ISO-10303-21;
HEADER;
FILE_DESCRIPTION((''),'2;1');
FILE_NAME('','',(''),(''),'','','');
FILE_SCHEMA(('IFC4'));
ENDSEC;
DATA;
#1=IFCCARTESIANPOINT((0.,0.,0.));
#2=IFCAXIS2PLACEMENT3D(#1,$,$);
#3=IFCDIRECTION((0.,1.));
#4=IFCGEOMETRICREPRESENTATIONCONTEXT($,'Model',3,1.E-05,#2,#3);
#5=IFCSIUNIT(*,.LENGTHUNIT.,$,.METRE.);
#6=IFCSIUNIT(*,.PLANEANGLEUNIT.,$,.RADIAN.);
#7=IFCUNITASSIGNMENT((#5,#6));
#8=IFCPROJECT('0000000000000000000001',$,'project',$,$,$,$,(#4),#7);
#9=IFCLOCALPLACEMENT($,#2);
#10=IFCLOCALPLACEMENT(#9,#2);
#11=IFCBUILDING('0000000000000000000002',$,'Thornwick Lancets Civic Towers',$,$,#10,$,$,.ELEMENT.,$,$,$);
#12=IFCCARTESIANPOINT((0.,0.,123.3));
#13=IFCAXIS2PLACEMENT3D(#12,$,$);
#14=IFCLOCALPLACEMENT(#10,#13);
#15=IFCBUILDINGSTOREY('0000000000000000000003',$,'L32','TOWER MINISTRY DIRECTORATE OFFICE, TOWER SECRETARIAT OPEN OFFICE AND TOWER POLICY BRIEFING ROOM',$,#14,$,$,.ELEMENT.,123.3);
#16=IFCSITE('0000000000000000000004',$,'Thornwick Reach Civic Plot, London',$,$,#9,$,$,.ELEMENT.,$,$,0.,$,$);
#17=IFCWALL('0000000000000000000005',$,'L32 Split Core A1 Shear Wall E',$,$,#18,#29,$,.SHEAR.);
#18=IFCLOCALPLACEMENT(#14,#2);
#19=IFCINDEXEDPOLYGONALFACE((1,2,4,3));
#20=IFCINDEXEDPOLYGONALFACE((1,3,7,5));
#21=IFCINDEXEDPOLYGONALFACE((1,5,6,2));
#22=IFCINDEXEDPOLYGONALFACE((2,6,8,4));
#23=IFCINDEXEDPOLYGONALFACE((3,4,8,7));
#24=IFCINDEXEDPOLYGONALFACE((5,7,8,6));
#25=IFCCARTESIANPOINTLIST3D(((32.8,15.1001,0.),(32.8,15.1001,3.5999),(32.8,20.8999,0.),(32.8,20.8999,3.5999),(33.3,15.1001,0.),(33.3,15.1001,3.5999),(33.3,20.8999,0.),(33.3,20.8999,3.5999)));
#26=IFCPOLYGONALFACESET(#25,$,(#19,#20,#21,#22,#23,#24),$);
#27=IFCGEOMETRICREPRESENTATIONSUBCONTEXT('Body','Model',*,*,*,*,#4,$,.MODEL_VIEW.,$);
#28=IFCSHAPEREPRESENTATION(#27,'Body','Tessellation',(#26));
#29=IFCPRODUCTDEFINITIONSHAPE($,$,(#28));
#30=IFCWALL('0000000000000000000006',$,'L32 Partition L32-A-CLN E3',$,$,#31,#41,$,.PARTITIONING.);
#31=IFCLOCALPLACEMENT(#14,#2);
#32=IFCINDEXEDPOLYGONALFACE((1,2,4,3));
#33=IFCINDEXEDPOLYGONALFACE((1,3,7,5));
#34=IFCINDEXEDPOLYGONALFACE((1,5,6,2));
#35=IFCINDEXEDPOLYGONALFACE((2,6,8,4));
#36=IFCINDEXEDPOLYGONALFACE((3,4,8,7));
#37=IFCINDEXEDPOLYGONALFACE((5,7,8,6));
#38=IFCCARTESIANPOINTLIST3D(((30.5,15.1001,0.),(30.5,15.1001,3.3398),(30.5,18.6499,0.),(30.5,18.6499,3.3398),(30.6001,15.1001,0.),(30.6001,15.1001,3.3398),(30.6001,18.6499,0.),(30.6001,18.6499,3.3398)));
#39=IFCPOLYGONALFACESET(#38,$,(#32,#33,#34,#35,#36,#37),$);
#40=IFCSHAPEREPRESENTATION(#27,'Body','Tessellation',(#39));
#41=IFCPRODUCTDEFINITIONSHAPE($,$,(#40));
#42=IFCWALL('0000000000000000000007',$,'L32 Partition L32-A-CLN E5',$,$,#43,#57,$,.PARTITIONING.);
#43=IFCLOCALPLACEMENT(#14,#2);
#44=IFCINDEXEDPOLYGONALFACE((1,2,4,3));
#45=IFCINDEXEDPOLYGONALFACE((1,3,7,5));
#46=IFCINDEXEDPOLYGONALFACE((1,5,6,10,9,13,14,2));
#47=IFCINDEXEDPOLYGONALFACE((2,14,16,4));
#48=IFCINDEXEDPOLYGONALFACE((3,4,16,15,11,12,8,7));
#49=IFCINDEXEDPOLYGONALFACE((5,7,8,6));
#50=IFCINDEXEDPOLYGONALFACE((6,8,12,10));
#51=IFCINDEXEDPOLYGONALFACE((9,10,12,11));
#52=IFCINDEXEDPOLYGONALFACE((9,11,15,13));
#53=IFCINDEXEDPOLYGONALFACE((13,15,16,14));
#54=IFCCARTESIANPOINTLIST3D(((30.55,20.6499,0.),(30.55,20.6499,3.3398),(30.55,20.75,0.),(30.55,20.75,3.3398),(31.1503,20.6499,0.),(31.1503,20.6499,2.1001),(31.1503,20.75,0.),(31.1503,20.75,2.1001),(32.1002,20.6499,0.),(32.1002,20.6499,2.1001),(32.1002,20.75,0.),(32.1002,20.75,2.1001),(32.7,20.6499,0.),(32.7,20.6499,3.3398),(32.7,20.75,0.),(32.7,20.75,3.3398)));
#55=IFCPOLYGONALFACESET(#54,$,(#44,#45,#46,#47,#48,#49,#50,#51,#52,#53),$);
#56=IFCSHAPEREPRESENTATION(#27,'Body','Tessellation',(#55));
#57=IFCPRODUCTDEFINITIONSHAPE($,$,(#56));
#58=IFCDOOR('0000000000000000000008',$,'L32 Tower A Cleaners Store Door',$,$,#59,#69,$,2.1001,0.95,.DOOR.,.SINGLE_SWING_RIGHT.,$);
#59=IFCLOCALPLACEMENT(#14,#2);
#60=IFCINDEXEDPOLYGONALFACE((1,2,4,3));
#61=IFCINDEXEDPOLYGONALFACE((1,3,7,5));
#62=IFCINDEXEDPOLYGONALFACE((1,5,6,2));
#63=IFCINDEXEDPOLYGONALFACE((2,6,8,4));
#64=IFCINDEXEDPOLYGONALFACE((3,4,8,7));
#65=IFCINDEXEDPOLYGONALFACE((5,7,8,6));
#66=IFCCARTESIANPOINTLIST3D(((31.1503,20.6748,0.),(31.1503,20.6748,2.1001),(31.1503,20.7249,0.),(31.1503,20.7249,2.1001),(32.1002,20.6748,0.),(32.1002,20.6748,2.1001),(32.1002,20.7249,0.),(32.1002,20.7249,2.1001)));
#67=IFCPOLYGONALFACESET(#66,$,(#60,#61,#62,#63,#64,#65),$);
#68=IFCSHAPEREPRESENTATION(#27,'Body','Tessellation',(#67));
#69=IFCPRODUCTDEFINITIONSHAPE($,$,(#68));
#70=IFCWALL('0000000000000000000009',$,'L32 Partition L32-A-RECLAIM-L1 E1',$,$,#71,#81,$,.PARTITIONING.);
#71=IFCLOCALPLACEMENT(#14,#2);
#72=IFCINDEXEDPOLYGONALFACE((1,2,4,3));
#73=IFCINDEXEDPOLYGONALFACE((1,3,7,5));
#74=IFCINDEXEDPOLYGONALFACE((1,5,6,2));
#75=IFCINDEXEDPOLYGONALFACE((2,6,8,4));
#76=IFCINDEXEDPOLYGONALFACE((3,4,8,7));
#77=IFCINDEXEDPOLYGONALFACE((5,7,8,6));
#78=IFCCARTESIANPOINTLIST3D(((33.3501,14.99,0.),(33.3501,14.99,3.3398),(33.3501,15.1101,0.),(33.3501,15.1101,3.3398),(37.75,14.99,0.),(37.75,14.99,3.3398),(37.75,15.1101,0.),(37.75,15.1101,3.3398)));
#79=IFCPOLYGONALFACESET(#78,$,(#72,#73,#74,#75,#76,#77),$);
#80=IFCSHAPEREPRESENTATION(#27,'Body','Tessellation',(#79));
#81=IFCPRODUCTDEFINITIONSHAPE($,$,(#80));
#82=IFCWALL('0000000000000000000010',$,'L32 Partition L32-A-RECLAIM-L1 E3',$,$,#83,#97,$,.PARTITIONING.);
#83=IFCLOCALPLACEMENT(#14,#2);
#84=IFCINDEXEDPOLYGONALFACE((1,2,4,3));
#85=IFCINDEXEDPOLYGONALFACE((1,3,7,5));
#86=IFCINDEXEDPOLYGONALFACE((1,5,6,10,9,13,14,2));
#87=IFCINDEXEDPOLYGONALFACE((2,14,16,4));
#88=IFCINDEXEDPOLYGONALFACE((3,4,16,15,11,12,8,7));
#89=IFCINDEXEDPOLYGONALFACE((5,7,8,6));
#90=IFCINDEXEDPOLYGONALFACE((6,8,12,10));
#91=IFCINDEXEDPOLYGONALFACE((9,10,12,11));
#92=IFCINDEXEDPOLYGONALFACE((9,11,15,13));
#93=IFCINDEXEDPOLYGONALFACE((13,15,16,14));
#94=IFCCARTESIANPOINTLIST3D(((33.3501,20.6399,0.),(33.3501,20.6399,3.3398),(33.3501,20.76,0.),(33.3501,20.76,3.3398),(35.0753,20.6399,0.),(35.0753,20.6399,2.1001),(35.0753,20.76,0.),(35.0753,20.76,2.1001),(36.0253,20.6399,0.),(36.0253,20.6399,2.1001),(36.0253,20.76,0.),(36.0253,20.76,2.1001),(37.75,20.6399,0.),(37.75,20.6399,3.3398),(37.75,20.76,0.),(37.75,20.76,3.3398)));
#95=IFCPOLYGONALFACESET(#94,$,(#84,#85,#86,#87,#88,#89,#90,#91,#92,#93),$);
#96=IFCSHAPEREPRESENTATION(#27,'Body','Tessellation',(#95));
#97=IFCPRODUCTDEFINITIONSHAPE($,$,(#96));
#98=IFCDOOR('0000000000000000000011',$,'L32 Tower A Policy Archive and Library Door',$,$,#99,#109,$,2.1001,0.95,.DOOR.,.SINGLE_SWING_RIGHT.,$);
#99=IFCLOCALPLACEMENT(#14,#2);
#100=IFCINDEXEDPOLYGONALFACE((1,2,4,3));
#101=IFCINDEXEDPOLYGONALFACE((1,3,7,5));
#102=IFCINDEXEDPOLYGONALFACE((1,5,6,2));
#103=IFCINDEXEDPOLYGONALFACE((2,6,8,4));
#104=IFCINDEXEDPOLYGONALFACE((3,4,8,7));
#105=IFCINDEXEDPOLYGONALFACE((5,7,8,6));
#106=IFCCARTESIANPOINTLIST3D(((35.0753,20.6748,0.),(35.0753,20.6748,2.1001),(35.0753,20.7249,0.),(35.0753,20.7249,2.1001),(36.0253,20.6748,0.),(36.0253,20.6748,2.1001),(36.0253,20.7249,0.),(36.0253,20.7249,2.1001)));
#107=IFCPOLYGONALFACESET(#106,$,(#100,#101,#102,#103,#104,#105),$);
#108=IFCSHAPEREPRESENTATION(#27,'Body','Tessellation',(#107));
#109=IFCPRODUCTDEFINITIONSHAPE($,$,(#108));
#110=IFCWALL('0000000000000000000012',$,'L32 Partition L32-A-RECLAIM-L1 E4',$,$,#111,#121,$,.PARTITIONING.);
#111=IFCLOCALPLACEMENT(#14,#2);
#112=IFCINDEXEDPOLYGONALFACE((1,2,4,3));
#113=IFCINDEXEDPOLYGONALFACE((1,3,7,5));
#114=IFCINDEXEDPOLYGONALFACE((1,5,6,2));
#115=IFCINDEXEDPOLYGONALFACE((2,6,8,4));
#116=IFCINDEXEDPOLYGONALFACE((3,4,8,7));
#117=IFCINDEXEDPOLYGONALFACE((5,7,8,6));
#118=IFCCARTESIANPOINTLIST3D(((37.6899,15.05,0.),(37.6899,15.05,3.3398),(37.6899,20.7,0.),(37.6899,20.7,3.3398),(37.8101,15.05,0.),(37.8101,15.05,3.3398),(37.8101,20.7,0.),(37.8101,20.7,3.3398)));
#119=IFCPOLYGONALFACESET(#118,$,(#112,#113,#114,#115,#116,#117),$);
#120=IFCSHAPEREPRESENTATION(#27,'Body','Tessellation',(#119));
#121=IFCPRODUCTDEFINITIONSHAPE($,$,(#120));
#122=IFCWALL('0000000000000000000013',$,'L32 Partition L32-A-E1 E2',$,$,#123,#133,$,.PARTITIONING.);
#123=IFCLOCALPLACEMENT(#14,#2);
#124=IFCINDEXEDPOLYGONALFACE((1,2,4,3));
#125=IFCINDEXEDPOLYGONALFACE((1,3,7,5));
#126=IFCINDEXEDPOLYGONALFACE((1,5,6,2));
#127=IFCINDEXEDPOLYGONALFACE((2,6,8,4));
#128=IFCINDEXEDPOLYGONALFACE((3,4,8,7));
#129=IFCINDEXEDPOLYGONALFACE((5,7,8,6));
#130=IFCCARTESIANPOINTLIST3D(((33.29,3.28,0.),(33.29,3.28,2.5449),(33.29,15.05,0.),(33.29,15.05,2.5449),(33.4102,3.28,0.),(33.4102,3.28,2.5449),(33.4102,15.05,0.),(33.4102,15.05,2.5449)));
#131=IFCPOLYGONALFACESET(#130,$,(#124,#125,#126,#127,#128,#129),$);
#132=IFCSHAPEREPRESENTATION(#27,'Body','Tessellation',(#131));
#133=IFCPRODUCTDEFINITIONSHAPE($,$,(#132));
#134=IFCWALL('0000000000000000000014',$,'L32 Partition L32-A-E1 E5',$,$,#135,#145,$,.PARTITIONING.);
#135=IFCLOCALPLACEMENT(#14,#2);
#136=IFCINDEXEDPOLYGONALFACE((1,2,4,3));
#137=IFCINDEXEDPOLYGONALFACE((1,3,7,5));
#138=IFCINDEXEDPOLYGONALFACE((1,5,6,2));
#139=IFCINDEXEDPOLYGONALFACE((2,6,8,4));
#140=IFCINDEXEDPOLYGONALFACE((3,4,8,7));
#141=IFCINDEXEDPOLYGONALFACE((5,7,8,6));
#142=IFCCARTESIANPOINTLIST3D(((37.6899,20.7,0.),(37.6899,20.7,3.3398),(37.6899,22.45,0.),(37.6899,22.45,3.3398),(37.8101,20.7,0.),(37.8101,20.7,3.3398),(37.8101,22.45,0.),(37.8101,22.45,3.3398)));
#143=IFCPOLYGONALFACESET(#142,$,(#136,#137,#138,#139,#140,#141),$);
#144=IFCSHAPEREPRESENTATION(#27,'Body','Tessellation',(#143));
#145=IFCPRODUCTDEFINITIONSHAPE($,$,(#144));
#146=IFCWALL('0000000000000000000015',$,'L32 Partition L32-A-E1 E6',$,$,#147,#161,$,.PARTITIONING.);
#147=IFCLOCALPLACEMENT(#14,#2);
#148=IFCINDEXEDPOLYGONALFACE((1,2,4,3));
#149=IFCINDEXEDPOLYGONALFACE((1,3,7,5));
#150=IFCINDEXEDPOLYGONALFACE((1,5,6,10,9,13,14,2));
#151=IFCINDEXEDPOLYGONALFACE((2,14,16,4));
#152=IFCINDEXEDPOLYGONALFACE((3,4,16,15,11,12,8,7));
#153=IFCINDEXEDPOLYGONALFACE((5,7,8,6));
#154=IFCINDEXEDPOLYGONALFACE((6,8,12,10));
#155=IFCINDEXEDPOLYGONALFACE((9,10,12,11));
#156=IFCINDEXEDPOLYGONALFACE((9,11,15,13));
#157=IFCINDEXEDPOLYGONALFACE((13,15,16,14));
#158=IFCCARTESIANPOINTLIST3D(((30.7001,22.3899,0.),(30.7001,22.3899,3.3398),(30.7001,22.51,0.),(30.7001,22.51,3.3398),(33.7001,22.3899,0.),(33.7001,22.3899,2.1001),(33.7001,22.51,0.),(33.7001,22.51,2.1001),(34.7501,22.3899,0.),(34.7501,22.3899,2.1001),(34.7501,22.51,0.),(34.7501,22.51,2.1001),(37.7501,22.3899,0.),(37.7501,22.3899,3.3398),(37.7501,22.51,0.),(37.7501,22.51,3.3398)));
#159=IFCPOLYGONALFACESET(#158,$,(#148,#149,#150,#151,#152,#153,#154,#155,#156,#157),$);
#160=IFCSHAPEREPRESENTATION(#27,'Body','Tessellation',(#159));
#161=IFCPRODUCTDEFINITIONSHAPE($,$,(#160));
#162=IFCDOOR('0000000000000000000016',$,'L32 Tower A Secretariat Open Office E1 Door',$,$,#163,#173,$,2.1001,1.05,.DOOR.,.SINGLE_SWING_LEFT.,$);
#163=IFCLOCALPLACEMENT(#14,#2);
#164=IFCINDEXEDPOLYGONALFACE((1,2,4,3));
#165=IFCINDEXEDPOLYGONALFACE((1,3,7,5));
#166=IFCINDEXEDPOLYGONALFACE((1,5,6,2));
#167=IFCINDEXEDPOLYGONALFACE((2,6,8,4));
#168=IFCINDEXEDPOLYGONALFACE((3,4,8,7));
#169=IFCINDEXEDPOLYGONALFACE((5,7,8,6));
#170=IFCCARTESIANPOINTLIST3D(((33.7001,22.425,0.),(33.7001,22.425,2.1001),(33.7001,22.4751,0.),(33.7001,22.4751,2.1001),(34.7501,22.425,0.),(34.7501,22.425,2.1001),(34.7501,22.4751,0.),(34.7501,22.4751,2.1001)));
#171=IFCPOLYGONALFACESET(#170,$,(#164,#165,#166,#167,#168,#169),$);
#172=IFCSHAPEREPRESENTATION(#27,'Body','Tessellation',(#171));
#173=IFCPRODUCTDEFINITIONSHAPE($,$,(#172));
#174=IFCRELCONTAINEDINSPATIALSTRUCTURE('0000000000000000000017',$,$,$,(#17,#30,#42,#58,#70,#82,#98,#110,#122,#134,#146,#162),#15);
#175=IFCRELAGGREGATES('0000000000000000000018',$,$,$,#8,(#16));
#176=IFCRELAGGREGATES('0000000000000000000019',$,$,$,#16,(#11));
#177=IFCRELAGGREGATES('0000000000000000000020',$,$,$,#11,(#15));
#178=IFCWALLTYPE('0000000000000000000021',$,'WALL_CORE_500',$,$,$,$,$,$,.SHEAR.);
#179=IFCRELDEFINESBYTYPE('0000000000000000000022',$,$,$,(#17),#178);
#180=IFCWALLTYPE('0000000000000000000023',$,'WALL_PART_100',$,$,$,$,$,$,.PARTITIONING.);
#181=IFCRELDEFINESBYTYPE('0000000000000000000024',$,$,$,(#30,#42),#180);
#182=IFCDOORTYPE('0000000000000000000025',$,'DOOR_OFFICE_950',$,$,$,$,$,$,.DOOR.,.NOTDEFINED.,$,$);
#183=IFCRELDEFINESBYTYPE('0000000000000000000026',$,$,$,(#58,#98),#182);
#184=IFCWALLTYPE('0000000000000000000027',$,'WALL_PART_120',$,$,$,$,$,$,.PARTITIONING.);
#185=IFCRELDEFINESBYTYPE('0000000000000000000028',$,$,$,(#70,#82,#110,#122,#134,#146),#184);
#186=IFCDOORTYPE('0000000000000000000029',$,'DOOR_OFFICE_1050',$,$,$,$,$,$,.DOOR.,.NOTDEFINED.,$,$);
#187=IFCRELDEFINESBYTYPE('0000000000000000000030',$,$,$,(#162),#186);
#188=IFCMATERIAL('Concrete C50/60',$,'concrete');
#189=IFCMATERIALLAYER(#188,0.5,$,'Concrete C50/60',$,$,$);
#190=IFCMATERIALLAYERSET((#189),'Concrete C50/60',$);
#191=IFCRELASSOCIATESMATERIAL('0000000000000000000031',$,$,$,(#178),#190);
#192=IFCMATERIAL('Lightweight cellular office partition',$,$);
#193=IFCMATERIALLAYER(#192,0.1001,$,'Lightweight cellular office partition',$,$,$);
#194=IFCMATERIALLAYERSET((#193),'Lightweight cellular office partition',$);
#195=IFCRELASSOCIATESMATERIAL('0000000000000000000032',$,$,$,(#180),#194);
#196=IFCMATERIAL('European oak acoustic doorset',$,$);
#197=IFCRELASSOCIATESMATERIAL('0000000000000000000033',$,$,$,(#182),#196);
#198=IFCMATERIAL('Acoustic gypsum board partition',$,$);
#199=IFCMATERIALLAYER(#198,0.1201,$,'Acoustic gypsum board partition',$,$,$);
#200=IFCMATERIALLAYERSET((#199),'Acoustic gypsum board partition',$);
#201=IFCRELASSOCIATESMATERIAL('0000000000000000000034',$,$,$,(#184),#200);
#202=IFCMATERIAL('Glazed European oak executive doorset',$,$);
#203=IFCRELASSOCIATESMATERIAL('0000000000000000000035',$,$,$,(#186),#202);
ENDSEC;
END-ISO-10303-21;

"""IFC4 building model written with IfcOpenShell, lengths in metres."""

from ifc_helpers import new_model, si_unit, direction, frame, frame_2d, origin, place, context, subcontext, project, spatial, rectangle, extrude, material, layer, layer_set, type_object, element, fill, save


model = new_model("IFC4")

# Units and contexts
model_context = context("Model", 3, precision=1e-05, world=origin(), true_north=direction((0.0, 1.0)))
body_context = subcontext(model_context, "Body", "Model", "MODEL_VIEW")
ifc_project = project(units=[si_unit("LENGTHUNIT", "METRE"), si_unit("PLANEANGLEUNIT", "RADIAN")], contexts=[model_context])

# Site, building, storey
site_placement = place(None, origin())
site = spatial("IfcSite", under=ifc_project, at=site_placement, Name="Thornwick Reach Civic Plot, London", CompositionType="ELEMENT", RefElevation=0.0)
building_placement = place(site_placement, origin())
building = spatial("IfcBuilding", under=site, at=building_placement, Name="Thornwick Lancets Civic Towers", CompositionType="ELEMENT")
storey_placement = place(building_placement, frame((0.0, 0.0, 123.3)))
storey = spatial("IfcBuildingStorey", under=building, at=storey_placement, Name="L32", Description="TOWER MINISTRY DIRECTORATE OFFICE, TOWER SECRETARIAT OPEN OFFICE AND TOWER POLICY BRIEFING ROOM", CompositionType="ELEMENT", Elevation=123.3)

# Walls
ifc_material_1 = material(Name="Concrete C50/60", Category="concrete")
ifc_layer_1 = layer(ifc_material_1, 0.5, Name="Concrete C50/60")
ifc_layer_set_1 = layer_set([ifc_layer_1], Name="Concrete C50/60")
wall_type_1 = type_object("IfcWallType", Name="WALL_CORE_500", PredefinedType="SHEAR", material=ifc_layer_set_1)
wall_1_placement = place(storey_placement, frame((33.05, 15.1001, 0.0), z_axis=(0.0, 0.0, 1.0), x_axis=(0.0, 1.0, 0.0)))
element("IfcWall", 1, at=wall_1_placement, inside=storey, type_object=wall_type_1, Name="L32 Split Core A1 Shear Wall E", PredefinedType="SHEAR", context=body_context, shape_type="SweptSolid", body=[
    extrude(rectangle(XDim=5.7998, YDim=0.5, at=frame_2d((2.8999, 0.0))), origin(), (0.0, 0.0, 1.0), 3.5999),
])
ifc_material_2 = material(Name="Lightweight cellular office partition")
ifc_layer_2 = layer(ifc_material_2, 0.1001, Name="Lightweight cellular office partition")
ifc_layer_set_2 = layer_set([ifc_layer_2], Name="Lightweight cellular office partition")
wall_type_2 = type_object("IfcWallType", Name="WALL_PART_100", PredefinedType="PARTITIONING", material=ifc_layer_set_2)
wall_2_placement = place(storey_placement, frame((30.55, 15.1001, 0.0), z_axis=(0.0, 0.0, 1.0), x_axis=(0.0, 1.0, 0.0)))
element("IfcWall", 2, at=wall_2_placement, inside=storey, type_object=wall_type_2, Name="L32 Partition L32-A-CLN E3", PredefinedType="PARTITIONING", context=body_context, shape_type="SweptSolid", body=[
    extrude(rectangle(XDim=3.5498, YDim=0.1001, at=frame_2d((1.7749, 0.0))), origin(), (0.0, 0.0, 1.0), 3.3398),
])

# Wall, opening, door
wall_3_placement = place(storey_placement, frame((30.55, 20.7, 0.0), z_axis=(0.0, 0.0, 1.0), x_axis=(1.0, 0.0, 0.0)))
wall_3 = element("IfcWall", 3, at=wall_3_placement, inside=storey, type_object=wall_type_2, Name="L32 Partition L32-A-CLN E5", PredefinedType="PARTITIONING", context=body_context, shape_type="SweptSolid", body=[
    extrude(rectangle(XDim=2.1499, YDim=0.1001, at=frame_2d((1.075, 0.0))), origin(), (0.0, 0.0, 1.0), 3.3398),
])
opening_1_placement = place(wall_3_placement, frame((0.6001, 0.0, 0.0)))
opening_1 = element("IfcOpeningElement", 4, at=opening_1_placement, cuts=wall_3, PredefinedType="OPENING", context=body_context, shape_type="SweptSolid", body=[
    extrude(rectangle(XDim=0.95, YDim=2.1001, at=frame_2d((0.4751, 1.05))), frame((0.0, 0.0601, 0.0), z_axis=(0.0, -1.0, 0.0), x_axis=(1.0, 0.0, 0.0)), (0.0, 0.0, 1.0), 0.1201),
])
ifc_material_3 = material(Name="European oak acoustic doorset")
door_type_1 = type_object("IfcDoorType", Name="DOOR_OFFICE_950", OperationType="NOTDEFINED", PredefinedType="DOOR", material=ifc_material_3)
door_1_placement = place(opening_1_placement, origin())
door_1 = element("IfcDoor", 5, at=door_1_placement, inside=storey, type_object=door_type_1, Name="L32 Tower A Cleaners Store Door", OperationType="SINGLE_SWING_RIGHT", OverallHeight=2.1001, OverallWidth=0.95, PredefinedType="DOOR", context=body_context, shape_type="SweptSolid", body=[
    extrude(rectangle(XDim=0.95, YDim=2.1001, at=frame_2d((0.4751, 1.05))), frame((0.0, 0.0249, 0.0), z_axis=(0.0, -1.0, 0.0), x_axis=(1.0, 0.0, 0.0)), (0.0, 0.0, 1.0), 0.05),
])
fill(opening_1, door_1)

# Wall
ifc_material_4 = material(Name="Acoustic gypsum board partition")
ifc_layer_3 = layer(ifc_material_4, 0.1201, Name="Acoustic gypsum board partition")
ifc_layer_set_3 = layer_set([ifc_layer_3], Name="Acoustic gypsum board partition")
wall_type_3 = type_object("IfcWallType", Name="WALL_PART_120", PredefinedType="PARTITIONING", material=ifc_layer_set_3)
wall_4_placement = place(storey_placement, frame((37.75, 15.05, 0.0), z_axis=(0.0, 0.0, 1.0), x_axis=(-1.0, 0.0, 0.0)))
element("IfcWall", 6, at=wall_4_placement, inside=storey, type_object=wall_type_3, Name="L32 Partition L32-A-RECLAIM-L1 E1", PredefinedType="PARTITIONING", context=body_context, shape_type="SweptSolid", body=[
    extrude(rectangle(XDim=4.3999, YDim=0.1201, at=frame_2d((2.2, 0.0))), origin(), (0.0, 0.0, 1.0), 3.3398),
])

# Wall, opening, door
wall_5_placement = place(storey_placement, frame((33.3501, 20.7, 0.0), z_axis=(0.0, 0.0, 1.0), x_axis=(1.0, 0.0, 0.0)))
wall_5 = element("IfcWall", 7, at=wall_5_placement, inside=storey, type_object=wall_type_3, Name="L32 Partition L32-A-RECLAIM-L1 E3", PredefinedType="PARTITIONING", context=body_context, shape_type="SweptSolid", body=[
    extrude(rectangle(XDim=4.3999, YDim=0.1201, at=frame_2d((2.2, 0.0))), origin(), (0.0, 0.0, 1.0), 3.3398),
])
opening_2_placement = place(wall_5_placement, frame((1.7251, 0.0, 0.0)))
opening_2 = element("IfcOpeningElement", 8, at=opening_2_placement, cuts=wall_5, PredefinedType="OPENING", context=body_context, shape_type="SweptSolid", body=[
    extrude(rectangle(XDim=0.95, YDim=2.1001, at=frame_2d((0.4751, 1.05))), frame((0.0, 0.0701, 0.0), z_axis=(0.0, -1.0, 0.0), x_axis=(1.0, 0.0, 0.0)), (0.0, 0.0, 1.0), 0.1401),
])
door_2_placement = place(opening_2_placement, origin())
door_2 = element("IfcDoor", 9, at=door_2_placement, inside=storey, type_object=door_type_1, Name="L32 Tower A Policy Archive and Library Door", OperationType="SINGLE_SWING_RIGHT", OverallHeight=2.1001, OverallWidth=0.95, PredefinedType="DOOR", context=body_context, shape_type="SweptSolid", body=[
    extrude(rectangle(XDim=0.95, YDim=2.1001, at=frame_2d((0.4751, 1.05))), frame((0.0, 0.0249, 0.0), z_axis=(0.0, -1.0, 0.0), x_axis=(1.0, 0.0, 0.0)), (0.0, 0.0, 1.0), 0.05),
])
fill(opening_2, door_2)

# Walls
wall_6_placement = place(storey_placement, frame((37.75, 20.7, 0.0), z_axis=(0.0, 0.0, 1.0), x_axis=(0.0, -1.0, 0.0)))
element("IfcWall", 10, at=wall_6_placement, inside=storey, type_object=wall_type_3, Name="L32 Partition L32-A-RECLAIM-L1 E4", PredefinedType="PARTITIONING", context=body_context, shape_type="SweptSolid", body=[
    extrude(rectangle(XDim=5.6499, YDim=0.1201, at=frame_2d((2.825, 0.0))), origin(), (0.0, 0.0, 1.0), 3.3398),
])
wall_7_placement = place(storey_placement, frame((33.3501, 3.28, 0.0), z_axis=(0.0, 0.0, 1.0), x_axis=(0.0, 1.0, 0.0)))
element("IfcWall", 11, at=wall_7_placement, inside=storey, type_object=wall_type_3, Name="L32 Partition L32-A-E1 E2", PredefinedType="PARTITIONING", context=body_context, shape_type="SweptSolid", body=[
    extrude(rectangle(XDim=11.77, YDim=0.1201, at=frame_2d((5.885, 0.0))), origin(), (0.0, 0.0, 1.0), 2.5449),
])
wall_8_placement = place(storey_placement, frame((37.75, 20.7, 0.0), z_axis=(0.0, 0.0, 1.0), x_axis=(0.0, 1.0, 0.0)))
element("IfcWall", 12, at=wall_8_placement, inside=storey, type_object=wall_type_3, Name="L32 Partition L32-A-E1 E5", PredefinedType="PARTITIONING", context=body_context, shape_type="SweptSolid", body=[
    extrude(rectangle(XDim=1.75, YDim=0.1201, at=frame_2d((0.875, 0.0))), origin(), (0.0, 0.0, 1.0), 3.3398),
])

# Wall, opening, door
wall_9_placement = place(storey_placement, frame((37.75, 22.45, 0.0), z_axis=(0.0, 0.0, 1.0), x_axis=(-1.0, 0.0, 0.0)))
wall_9 = element("IfcWall", 13, at=wall_9_placement, inside=storey, type_object=wall_type_3, Name="L32 Partition L32-A-E1 E6", PredefinedType="PARTITIONING", context=body_context, shape_type="SweptSolid", body=[
    extrude(rectangle(XDim=7.05, YDim=0.1201, at=frame_2d((3.5249, 0.0))), origin(), (0.0, 0.0, 1.0), 3.3398),
])
opening_3_placement = place(wall_9_placement, frame((3.0, 0.0, 0.0)))
opening_3 = element("IfcOpeningElement", 14, at=opening_3_placement, cuts=wall_9, PredefinedType="OPENING", context=body_context, shape_type="SweptSolid", body=[
    extrude(rectangle(XDim=1.05, YDim=2.1001, at=frame_2d((0.5249, 1.05))), frame((0.0, 0.0701, 0.0), z_axis=(0.0, -1.0, 0.0), x_axis=(1.0, 0.0, 0.0)), (0.0, 0.0, 1.0), 0.1401),
])
ifc_material_5 = material(Name="Glazed European oak executive doorset")
door_type_2 = type_object("IfcDoorType", Name="DOOR_OFFICE_1050", OperationType="NOTDEFINED", PredefinedType="DOOR", material=ifc_material_5)
door_3_placement = place(opening_3_placement, origin())
door_3 = element("IfcDoor", 15, at=door_3_placement, inside=storey, type_object=door_type_2, Name="L32 Tower A Secretariat Open Office E1 Door", OperationType="SINGLE_SWING_LEFT", OverallHeight=2.1001, OverallWidth=1.05, PredefinedType="DOOR", context=body_context, shape_type="SweptSolid", body=[
    extrude(rectangle(XDim=1.05, YDim=2.1001, at=frame_2d((0.5249, 1.05))), frame((0.0, 0.0249, 0.0), z_axis=(0.0, -1.0, 0.0), x_axis=(1.0, 0.0, 0.0)), (0.0, 0.0, 1.0), 0.05),
])
fill(opening_3, door_3)

save(model, "model.ifc")
